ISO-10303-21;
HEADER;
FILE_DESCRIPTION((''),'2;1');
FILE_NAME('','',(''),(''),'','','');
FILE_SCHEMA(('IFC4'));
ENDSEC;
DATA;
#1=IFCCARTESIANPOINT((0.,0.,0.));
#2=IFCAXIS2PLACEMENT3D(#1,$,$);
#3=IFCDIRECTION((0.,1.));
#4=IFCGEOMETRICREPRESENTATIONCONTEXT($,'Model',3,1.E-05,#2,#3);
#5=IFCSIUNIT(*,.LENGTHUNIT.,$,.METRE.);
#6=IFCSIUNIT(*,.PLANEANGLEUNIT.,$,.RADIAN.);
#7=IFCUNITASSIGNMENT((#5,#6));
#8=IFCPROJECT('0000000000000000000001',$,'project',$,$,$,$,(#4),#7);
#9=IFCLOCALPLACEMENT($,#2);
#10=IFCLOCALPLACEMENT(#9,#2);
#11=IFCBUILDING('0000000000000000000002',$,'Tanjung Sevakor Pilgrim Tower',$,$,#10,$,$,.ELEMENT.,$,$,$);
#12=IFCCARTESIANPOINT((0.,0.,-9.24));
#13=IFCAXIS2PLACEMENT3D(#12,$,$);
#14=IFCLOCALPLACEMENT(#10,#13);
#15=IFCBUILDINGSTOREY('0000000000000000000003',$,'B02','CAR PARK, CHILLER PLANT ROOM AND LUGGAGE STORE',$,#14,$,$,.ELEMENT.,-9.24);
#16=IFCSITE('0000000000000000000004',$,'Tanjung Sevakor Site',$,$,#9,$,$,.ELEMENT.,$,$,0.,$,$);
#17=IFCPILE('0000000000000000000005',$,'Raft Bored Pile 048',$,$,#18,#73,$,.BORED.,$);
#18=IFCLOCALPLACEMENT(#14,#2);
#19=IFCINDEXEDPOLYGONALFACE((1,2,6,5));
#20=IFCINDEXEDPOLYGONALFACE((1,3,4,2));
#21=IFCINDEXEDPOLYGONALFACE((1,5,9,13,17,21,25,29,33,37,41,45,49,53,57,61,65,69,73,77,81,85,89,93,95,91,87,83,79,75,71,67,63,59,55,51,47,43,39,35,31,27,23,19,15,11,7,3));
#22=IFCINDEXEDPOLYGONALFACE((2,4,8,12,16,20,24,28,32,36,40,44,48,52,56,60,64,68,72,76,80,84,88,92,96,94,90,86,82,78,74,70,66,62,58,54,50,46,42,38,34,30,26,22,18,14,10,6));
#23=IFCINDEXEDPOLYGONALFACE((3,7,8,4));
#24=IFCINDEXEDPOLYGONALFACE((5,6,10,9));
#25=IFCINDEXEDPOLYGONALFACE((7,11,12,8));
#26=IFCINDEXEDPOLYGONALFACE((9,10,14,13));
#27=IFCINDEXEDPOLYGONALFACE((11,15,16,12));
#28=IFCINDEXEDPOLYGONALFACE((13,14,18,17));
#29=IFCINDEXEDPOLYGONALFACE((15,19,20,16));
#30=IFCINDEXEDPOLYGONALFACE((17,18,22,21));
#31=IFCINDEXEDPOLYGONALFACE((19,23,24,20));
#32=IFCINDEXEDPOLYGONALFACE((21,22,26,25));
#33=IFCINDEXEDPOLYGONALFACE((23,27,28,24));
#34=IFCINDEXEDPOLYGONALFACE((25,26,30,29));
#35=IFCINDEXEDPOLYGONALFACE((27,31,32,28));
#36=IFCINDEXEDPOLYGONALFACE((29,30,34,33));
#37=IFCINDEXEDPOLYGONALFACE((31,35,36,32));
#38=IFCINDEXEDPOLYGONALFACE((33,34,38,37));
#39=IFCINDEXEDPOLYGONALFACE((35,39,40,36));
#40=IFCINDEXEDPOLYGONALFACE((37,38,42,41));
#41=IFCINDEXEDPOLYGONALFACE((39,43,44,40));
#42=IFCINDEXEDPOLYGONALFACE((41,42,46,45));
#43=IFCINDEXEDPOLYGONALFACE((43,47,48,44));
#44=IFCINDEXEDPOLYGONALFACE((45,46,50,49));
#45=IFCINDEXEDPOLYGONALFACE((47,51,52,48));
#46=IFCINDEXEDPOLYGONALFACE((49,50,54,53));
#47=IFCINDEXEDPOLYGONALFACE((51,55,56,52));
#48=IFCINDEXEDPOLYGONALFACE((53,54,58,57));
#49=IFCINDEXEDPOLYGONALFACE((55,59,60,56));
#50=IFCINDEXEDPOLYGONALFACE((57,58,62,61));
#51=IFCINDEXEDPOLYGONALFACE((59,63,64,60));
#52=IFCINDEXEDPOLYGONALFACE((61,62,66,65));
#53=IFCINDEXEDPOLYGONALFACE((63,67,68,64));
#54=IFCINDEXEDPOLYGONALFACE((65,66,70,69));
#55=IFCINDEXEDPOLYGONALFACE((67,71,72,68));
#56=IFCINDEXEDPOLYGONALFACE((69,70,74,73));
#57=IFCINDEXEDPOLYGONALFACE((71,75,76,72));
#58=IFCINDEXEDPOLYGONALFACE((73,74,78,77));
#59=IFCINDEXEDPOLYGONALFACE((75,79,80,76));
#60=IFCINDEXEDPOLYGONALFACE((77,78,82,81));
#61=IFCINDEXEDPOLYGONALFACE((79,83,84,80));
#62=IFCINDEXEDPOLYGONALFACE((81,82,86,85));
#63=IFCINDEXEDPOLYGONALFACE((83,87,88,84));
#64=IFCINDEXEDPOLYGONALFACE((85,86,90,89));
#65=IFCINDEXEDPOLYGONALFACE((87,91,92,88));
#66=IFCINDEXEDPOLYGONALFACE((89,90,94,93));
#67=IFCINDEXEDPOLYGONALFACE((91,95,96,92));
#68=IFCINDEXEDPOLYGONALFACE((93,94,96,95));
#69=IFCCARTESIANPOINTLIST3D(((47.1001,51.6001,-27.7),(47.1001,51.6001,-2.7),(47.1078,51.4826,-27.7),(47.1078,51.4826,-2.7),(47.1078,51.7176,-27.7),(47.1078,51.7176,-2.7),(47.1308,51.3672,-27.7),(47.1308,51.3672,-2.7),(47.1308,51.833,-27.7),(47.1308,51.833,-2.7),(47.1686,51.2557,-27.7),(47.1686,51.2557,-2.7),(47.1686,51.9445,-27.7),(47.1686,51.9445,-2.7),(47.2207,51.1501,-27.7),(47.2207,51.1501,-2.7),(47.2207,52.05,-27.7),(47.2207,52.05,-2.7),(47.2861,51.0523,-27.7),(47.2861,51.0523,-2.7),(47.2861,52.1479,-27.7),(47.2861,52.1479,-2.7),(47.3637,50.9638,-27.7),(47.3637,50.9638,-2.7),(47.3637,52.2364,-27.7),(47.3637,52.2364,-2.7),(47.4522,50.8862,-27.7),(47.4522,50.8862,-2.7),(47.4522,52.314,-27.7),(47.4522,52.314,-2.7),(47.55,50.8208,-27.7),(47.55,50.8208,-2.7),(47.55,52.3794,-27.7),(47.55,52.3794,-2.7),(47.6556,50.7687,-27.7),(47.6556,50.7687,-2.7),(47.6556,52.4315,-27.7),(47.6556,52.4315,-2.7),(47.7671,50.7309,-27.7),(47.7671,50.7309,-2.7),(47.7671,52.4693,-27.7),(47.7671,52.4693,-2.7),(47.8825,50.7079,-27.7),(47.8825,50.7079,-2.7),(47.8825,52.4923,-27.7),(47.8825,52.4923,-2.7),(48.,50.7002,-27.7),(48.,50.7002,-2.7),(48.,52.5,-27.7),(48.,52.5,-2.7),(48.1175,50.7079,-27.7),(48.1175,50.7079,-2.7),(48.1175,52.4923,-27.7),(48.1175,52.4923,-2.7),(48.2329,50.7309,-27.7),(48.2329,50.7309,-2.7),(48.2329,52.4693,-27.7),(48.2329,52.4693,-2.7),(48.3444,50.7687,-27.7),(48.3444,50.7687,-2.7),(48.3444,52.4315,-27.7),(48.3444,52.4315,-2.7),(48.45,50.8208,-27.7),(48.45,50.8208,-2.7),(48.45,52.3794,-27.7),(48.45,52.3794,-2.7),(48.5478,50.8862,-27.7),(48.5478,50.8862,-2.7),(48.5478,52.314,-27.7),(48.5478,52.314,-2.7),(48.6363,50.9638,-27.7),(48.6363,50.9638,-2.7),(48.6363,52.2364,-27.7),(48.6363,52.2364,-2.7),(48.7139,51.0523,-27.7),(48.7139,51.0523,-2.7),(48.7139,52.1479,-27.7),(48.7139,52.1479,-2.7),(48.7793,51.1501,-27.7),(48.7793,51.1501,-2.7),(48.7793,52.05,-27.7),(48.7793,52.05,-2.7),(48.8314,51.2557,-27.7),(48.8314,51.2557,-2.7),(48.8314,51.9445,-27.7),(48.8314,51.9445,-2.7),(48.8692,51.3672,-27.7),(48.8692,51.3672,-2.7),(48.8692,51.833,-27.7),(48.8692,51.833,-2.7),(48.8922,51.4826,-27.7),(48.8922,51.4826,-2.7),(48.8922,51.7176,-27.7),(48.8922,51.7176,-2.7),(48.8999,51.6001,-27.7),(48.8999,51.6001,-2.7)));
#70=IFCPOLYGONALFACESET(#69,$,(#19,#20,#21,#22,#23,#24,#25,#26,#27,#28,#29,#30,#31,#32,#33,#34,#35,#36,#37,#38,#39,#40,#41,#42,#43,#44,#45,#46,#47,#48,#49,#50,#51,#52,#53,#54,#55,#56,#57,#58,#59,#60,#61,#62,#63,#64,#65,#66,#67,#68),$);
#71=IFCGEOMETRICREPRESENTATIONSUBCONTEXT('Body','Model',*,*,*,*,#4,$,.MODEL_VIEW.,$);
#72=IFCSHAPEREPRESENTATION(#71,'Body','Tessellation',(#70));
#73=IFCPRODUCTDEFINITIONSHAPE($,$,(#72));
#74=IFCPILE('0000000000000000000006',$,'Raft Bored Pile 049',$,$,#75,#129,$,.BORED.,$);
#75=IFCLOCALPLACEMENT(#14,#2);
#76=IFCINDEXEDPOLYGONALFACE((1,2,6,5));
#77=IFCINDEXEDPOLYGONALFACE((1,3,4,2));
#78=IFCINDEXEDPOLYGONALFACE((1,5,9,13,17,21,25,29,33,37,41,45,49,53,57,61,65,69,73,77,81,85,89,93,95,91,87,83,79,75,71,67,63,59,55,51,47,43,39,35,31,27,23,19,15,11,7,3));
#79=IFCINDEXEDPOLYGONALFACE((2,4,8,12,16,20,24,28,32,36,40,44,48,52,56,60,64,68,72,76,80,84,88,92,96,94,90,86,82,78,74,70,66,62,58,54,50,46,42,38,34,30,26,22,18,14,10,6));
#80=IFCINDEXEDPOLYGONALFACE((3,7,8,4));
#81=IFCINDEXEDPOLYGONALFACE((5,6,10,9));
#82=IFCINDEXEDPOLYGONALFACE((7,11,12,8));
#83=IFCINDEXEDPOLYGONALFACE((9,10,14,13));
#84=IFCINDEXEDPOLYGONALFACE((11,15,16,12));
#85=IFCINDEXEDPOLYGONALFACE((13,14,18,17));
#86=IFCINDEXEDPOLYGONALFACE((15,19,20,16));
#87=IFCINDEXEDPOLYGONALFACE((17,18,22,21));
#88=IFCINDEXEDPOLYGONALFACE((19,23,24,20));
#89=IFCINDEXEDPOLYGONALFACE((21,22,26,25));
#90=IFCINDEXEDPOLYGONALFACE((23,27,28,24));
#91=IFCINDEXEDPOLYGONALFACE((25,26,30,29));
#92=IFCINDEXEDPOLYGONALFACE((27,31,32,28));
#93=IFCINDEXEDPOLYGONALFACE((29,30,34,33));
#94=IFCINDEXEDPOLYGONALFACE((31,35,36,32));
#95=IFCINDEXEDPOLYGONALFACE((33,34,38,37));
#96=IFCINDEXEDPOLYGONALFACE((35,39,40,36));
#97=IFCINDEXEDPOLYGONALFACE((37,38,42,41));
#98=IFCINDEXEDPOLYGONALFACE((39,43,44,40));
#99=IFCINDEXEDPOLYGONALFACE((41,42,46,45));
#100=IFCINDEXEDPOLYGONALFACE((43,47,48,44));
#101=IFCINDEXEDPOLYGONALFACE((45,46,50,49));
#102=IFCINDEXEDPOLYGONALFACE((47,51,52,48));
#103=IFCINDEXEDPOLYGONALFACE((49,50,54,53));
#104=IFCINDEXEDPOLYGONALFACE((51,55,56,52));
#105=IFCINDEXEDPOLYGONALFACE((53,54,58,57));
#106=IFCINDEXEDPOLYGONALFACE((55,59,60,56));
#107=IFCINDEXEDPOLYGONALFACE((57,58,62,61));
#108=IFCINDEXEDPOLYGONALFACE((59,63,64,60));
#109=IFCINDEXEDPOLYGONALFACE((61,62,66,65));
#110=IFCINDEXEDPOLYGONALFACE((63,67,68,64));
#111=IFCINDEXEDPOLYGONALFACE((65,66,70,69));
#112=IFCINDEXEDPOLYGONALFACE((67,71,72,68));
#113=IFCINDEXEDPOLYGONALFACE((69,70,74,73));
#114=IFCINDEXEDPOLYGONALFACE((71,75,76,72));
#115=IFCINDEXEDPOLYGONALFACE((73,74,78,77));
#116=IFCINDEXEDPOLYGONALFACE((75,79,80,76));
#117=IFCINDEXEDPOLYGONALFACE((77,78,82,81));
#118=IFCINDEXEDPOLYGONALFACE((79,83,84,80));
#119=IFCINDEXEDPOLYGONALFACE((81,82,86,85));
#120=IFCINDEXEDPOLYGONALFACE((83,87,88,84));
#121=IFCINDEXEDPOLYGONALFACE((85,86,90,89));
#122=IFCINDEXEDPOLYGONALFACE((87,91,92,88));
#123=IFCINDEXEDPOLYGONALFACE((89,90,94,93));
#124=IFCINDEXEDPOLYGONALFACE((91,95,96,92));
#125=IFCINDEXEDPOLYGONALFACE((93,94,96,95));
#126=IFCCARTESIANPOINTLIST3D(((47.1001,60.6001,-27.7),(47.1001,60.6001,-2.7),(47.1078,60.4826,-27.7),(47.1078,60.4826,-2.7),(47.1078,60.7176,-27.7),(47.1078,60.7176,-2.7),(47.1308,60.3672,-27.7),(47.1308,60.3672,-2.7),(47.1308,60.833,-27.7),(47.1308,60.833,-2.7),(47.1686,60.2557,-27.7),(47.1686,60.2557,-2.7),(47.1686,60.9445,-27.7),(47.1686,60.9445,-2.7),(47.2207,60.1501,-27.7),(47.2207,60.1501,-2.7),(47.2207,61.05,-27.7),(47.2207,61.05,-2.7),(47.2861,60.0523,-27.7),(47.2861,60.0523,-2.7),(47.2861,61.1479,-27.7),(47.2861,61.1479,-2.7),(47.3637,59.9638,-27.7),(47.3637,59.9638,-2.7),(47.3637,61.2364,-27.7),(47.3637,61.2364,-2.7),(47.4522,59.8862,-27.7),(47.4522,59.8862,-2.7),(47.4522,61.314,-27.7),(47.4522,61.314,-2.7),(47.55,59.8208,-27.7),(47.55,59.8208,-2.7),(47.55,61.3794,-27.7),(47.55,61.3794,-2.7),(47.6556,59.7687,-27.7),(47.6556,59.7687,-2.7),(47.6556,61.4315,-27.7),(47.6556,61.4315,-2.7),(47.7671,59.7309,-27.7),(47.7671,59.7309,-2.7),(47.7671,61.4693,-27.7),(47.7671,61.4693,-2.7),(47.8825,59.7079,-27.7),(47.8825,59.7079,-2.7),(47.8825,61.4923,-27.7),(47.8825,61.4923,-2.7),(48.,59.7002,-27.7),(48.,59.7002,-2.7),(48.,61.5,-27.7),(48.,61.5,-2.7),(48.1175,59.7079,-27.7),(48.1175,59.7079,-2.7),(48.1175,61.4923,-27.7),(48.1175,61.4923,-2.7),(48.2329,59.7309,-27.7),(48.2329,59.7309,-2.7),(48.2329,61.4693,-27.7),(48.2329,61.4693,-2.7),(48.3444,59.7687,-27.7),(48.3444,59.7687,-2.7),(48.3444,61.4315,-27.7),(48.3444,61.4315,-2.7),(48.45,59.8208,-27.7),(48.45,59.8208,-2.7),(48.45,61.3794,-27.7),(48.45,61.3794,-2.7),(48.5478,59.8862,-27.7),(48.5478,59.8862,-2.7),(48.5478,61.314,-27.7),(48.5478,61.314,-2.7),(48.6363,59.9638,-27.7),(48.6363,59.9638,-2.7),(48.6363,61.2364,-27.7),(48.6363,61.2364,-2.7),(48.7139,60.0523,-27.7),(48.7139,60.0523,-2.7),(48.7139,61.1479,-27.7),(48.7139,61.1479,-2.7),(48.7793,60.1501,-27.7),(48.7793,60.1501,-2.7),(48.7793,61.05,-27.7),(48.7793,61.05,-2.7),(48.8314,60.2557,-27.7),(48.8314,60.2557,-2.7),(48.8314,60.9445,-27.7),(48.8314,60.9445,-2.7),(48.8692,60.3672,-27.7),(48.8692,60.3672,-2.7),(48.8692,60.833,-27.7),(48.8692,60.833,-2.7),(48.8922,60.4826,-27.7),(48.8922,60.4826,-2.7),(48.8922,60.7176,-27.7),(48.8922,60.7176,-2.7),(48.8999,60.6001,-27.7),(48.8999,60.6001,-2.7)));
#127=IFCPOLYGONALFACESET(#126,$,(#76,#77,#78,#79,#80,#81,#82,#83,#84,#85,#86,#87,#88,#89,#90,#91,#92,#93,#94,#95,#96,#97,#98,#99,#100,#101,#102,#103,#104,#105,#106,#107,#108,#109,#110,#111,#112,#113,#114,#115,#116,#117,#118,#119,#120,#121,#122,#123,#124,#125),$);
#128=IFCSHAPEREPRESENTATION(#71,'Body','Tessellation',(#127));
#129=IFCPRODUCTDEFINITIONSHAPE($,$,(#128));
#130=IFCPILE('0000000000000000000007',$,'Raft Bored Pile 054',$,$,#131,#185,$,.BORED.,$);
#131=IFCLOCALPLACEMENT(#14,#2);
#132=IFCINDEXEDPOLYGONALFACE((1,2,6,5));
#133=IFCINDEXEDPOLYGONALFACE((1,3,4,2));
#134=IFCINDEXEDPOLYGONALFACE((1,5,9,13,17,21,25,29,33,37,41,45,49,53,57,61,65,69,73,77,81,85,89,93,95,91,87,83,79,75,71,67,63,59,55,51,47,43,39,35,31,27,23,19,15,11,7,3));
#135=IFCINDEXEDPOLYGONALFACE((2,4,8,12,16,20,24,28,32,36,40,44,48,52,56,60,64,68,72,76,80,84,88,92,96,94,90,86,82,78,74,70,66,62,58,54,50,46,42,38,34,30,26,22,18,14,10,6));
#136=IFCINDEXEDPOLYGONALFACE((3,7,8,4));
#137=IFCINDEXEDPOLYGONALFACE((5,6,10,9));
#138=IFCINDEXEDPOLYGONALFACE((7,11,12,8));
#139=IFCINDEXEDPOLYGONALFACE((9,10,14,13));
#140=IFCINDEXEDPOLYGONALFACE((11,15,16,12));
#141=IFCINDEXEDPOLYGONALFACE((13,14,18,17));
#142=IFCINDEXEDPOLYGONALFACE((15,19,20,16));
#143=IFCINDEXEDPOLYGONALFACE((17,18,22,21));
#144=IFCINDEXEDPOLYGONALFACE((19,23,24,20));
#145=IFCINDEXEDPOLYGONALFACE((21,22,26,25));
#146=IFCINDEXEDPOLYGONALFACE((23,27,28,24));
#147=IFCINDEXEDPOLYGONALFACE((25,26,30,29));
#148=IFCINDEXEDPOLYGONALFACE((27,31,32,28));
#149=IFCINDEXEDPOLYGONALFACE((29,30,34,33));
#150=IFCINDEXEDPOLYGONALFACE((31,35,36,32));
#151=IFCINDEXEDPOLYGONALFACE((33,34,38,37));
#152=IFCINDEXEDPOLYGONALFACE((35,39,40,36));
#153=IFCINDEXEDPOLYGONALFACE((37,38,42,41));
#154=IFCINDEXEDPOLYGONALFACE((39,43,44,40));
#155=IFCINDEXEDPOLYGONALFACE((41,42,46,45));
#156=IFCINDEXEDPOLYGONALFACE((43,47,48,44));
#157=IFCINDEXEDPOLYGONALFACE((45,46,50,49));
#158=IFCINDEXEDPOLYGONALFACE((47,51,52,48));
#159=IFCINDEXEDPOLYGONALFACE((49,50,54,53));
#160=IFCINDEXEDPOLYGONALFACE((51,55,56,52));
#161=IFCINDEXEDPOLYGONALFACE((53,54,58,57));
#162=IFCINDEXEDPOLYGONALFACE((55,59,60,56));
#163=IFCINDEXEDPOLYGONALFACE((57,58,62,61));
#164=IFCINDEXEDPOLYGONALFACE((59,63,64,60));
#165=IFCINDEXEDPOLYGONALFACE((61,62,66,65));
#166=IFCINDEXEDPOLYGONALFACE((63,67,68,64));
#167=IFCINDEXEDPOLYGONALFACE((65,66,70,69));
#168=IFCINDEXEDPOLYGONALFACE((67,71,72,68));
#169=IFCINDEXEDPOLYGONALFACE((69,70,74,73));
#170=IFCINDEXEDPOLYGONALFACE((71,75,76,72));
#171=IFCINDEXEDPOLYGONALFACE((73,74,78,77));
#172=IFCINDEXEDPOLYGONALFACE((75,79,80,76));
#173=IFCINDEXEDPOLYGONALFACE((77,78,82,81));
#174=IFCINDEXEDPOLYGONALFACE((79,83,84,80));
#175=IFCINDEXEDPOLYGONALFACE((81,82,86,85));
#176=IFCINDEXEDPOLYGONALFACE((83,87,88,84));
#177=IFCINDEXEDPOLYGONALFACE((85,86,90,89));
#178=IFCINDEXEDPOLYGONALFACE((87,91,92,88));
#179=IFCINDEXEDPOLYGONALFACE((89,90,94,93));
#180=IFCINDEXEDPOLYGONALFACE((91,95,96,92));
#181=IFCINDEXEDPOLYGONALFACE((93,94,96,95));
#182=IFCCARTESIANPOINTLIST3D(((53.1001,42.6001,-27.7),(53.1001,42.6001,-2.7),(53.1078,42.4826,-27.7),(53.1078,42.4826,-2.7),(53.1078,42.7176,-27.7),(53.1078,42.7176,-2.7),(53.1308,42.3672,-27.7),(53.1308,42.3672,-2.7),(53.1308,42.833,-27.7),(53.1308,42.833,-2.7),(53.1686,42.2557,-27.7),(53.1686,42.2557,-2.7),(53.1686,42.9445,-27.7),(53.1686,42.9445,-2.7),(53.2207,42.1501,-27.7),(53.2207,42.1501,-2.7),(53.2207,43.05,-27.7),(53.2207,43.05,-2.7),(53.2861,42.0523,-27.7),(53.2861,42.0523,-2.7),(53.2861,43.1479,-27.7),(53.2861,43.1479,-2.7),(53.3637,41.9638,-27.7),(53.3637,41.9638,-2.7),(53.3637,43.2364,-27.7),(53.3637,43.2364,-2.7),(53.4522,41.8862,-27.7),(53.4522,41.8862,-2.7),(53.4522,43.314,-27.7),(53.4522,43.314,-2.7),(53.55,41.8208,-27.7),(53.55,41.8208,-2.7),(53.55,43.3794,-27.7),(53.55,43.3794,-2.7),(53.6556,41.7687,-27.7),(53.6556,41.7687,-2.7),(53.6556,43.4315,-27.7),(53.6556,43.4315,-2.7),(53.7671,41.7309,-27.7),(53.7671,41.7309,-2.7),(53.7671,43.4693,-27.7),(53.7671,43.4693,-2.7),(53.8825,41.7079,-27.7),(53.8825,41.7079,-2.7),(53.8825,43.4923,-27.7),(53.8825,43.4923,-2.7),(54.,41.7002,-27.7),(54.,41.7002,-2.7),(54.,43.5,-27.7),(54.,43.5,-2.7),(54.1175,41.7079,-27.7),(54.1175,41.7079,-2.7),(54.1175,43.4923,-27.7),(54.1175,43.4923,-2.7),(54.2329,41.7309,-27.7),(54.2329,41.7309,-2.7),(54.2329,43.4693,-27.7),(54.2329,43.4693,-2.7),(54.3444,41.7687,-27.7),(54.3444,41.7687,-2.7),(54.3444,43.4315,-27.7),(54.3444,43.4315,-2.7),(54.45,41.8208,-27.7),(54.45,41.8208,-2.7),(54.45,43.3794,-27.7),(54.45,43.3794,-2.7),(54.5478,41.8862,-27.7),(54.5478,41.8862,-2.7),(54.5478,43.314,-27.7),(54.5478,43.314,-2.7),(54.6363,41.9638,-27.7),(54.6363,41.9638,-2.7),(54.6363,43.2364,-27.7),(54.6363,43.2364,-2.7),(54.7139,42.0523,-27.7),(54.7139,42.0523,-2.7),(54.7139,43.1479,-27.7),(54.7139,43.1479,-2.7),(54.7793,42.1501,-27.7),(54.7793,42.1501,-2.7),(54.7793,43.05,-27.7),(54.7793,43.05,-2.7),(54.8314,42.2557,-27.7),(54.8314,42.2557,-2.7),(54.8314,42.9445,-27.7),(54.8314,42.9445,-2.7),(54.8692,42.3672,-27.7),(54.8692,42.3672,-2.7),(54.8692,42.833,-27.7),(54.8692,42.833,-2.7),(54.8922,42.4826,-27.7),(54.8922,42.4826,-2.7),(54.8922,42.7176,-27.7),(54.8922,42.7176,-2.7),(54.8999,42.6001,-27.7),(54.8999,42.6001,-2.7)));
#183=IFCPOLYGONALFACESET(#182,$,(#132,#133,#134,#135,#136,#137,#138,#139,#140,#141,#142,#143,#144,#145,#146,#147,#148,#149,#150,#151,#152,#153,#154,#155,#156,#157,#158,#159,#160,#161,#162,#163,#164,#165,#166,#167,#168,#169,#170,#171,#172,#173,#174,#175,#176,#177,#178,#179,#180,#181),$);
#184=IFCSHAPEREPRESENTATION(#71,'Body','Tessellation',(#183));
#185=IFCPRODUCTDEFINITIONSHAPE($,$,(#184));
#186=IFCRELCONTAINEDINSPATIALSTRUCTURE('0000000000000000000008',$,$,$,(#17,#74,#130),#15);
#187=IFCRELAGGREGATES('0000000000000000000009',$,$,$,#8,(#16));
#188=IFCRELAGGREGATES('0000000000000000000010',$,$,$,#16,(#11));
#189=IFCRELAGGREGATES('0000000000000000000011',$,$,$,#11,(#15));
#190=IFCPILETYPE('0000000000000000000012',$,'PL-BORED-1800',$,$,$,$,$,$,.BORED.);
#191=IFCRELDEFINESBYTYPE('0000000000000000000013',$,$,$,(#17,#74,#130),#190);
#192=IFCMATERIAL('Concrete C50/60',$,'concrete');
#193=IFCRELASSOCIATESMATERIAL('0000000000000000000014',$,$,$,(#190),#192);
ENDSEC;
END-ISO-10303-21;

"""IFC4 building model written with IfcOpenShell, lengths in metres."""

from ifc_helpers import new_model, si_unit, direction, frame, origin, origin_2d, place, context, subcontext, project, spatial, circle, extrude, material, material_profile, profile_set, type_object, element, save


model = new_model("IFC4")

# Units and contexts
model_context = context("Model", 3, precision=1e-05, world=origin(), true_north=direction((0.0, 1.0)))
body_context = subcontext(model_context, "Body", "Model", "MODEL_VIEW")
ifc_project = project(units=[si_unit("LENGTHUNIT", "METRE"), si_unit("PLANEANGLEUNIT", "RADIAN")], contexts=[model_context])

# Site, building, storey
site_placement = place(None, origin())
site = spatial("IfcSite", under=ifc_project, at=site_placement, Name="Tanjung Sevakor Site", CompositionType="ELEMENT", RefElevation=0.0)
building_placement = place(site_placement, origin())
building = spatial("IfcBuilding", under=site, at=building_placement, Name="Tanjung Sevakor Pilgrim Tower", CompositionType="ELEMENT")
storey_placement = place(building_placement, frame((0.0, 0.0, -9.24)))
storey = spatial("IfcBuildingStorey", under=building, at=storey_placement, Name="B02", Description="CAR PARK, CHILLER PLANT ROOM AND LUGGAGE STORE", CompositionType="ELEMENT", Elevation=-9.24)

# Piles
ifc_material_1 = material(Name="Concrete C50/60", Category="concrete")
ifc_material_profile_1 = material_profile(ifc_material_1, circle(Radius=0.8999, at=origin_2d()))
ifc_profile_set_1 = profile_set([ifc_material_profile_1], Name="Concrete C50/60")
pile_type = type_object("IfcPileType", Name="PL-BORED-1800", PredefinedType="BORED", material=ifc_profile_set_1)
for number, where, z_axis, x_axis, name in (
    (1, (48.0, 51.6001, -2.7), (0.0, 0.0, -1.0), (1.0, 0.0, 0.0), "Raft Bored Pile 048"),
    (2, (48.0, 60.6001, -2.7), (0.0, 0.0, -1.0), (1.0, 0.0, 0.0), "Raft Bored Pile 049"),
    (3, (54.0, 42.6001, -2.7), (0.0, 0.0, -1.0), (1.0, 0.0, 0.0), "Raft Bored Pile 054"),
):
    element("IfcPile", number, at=place(storey_placement, frame(where, z_axis=z_axis, x_axis=x_axis)), inside=storey, type_object=pile_type, Name=name, PredefinedType="BORED", context=body_context, shape_type="SweptSolid", body=[
        extrude(circle(Radius=0.8999, at=origin_2d()), origin(), (0.0, 0.0, 1.0), 25.0),
    ])

save(model, "model.ifc")
